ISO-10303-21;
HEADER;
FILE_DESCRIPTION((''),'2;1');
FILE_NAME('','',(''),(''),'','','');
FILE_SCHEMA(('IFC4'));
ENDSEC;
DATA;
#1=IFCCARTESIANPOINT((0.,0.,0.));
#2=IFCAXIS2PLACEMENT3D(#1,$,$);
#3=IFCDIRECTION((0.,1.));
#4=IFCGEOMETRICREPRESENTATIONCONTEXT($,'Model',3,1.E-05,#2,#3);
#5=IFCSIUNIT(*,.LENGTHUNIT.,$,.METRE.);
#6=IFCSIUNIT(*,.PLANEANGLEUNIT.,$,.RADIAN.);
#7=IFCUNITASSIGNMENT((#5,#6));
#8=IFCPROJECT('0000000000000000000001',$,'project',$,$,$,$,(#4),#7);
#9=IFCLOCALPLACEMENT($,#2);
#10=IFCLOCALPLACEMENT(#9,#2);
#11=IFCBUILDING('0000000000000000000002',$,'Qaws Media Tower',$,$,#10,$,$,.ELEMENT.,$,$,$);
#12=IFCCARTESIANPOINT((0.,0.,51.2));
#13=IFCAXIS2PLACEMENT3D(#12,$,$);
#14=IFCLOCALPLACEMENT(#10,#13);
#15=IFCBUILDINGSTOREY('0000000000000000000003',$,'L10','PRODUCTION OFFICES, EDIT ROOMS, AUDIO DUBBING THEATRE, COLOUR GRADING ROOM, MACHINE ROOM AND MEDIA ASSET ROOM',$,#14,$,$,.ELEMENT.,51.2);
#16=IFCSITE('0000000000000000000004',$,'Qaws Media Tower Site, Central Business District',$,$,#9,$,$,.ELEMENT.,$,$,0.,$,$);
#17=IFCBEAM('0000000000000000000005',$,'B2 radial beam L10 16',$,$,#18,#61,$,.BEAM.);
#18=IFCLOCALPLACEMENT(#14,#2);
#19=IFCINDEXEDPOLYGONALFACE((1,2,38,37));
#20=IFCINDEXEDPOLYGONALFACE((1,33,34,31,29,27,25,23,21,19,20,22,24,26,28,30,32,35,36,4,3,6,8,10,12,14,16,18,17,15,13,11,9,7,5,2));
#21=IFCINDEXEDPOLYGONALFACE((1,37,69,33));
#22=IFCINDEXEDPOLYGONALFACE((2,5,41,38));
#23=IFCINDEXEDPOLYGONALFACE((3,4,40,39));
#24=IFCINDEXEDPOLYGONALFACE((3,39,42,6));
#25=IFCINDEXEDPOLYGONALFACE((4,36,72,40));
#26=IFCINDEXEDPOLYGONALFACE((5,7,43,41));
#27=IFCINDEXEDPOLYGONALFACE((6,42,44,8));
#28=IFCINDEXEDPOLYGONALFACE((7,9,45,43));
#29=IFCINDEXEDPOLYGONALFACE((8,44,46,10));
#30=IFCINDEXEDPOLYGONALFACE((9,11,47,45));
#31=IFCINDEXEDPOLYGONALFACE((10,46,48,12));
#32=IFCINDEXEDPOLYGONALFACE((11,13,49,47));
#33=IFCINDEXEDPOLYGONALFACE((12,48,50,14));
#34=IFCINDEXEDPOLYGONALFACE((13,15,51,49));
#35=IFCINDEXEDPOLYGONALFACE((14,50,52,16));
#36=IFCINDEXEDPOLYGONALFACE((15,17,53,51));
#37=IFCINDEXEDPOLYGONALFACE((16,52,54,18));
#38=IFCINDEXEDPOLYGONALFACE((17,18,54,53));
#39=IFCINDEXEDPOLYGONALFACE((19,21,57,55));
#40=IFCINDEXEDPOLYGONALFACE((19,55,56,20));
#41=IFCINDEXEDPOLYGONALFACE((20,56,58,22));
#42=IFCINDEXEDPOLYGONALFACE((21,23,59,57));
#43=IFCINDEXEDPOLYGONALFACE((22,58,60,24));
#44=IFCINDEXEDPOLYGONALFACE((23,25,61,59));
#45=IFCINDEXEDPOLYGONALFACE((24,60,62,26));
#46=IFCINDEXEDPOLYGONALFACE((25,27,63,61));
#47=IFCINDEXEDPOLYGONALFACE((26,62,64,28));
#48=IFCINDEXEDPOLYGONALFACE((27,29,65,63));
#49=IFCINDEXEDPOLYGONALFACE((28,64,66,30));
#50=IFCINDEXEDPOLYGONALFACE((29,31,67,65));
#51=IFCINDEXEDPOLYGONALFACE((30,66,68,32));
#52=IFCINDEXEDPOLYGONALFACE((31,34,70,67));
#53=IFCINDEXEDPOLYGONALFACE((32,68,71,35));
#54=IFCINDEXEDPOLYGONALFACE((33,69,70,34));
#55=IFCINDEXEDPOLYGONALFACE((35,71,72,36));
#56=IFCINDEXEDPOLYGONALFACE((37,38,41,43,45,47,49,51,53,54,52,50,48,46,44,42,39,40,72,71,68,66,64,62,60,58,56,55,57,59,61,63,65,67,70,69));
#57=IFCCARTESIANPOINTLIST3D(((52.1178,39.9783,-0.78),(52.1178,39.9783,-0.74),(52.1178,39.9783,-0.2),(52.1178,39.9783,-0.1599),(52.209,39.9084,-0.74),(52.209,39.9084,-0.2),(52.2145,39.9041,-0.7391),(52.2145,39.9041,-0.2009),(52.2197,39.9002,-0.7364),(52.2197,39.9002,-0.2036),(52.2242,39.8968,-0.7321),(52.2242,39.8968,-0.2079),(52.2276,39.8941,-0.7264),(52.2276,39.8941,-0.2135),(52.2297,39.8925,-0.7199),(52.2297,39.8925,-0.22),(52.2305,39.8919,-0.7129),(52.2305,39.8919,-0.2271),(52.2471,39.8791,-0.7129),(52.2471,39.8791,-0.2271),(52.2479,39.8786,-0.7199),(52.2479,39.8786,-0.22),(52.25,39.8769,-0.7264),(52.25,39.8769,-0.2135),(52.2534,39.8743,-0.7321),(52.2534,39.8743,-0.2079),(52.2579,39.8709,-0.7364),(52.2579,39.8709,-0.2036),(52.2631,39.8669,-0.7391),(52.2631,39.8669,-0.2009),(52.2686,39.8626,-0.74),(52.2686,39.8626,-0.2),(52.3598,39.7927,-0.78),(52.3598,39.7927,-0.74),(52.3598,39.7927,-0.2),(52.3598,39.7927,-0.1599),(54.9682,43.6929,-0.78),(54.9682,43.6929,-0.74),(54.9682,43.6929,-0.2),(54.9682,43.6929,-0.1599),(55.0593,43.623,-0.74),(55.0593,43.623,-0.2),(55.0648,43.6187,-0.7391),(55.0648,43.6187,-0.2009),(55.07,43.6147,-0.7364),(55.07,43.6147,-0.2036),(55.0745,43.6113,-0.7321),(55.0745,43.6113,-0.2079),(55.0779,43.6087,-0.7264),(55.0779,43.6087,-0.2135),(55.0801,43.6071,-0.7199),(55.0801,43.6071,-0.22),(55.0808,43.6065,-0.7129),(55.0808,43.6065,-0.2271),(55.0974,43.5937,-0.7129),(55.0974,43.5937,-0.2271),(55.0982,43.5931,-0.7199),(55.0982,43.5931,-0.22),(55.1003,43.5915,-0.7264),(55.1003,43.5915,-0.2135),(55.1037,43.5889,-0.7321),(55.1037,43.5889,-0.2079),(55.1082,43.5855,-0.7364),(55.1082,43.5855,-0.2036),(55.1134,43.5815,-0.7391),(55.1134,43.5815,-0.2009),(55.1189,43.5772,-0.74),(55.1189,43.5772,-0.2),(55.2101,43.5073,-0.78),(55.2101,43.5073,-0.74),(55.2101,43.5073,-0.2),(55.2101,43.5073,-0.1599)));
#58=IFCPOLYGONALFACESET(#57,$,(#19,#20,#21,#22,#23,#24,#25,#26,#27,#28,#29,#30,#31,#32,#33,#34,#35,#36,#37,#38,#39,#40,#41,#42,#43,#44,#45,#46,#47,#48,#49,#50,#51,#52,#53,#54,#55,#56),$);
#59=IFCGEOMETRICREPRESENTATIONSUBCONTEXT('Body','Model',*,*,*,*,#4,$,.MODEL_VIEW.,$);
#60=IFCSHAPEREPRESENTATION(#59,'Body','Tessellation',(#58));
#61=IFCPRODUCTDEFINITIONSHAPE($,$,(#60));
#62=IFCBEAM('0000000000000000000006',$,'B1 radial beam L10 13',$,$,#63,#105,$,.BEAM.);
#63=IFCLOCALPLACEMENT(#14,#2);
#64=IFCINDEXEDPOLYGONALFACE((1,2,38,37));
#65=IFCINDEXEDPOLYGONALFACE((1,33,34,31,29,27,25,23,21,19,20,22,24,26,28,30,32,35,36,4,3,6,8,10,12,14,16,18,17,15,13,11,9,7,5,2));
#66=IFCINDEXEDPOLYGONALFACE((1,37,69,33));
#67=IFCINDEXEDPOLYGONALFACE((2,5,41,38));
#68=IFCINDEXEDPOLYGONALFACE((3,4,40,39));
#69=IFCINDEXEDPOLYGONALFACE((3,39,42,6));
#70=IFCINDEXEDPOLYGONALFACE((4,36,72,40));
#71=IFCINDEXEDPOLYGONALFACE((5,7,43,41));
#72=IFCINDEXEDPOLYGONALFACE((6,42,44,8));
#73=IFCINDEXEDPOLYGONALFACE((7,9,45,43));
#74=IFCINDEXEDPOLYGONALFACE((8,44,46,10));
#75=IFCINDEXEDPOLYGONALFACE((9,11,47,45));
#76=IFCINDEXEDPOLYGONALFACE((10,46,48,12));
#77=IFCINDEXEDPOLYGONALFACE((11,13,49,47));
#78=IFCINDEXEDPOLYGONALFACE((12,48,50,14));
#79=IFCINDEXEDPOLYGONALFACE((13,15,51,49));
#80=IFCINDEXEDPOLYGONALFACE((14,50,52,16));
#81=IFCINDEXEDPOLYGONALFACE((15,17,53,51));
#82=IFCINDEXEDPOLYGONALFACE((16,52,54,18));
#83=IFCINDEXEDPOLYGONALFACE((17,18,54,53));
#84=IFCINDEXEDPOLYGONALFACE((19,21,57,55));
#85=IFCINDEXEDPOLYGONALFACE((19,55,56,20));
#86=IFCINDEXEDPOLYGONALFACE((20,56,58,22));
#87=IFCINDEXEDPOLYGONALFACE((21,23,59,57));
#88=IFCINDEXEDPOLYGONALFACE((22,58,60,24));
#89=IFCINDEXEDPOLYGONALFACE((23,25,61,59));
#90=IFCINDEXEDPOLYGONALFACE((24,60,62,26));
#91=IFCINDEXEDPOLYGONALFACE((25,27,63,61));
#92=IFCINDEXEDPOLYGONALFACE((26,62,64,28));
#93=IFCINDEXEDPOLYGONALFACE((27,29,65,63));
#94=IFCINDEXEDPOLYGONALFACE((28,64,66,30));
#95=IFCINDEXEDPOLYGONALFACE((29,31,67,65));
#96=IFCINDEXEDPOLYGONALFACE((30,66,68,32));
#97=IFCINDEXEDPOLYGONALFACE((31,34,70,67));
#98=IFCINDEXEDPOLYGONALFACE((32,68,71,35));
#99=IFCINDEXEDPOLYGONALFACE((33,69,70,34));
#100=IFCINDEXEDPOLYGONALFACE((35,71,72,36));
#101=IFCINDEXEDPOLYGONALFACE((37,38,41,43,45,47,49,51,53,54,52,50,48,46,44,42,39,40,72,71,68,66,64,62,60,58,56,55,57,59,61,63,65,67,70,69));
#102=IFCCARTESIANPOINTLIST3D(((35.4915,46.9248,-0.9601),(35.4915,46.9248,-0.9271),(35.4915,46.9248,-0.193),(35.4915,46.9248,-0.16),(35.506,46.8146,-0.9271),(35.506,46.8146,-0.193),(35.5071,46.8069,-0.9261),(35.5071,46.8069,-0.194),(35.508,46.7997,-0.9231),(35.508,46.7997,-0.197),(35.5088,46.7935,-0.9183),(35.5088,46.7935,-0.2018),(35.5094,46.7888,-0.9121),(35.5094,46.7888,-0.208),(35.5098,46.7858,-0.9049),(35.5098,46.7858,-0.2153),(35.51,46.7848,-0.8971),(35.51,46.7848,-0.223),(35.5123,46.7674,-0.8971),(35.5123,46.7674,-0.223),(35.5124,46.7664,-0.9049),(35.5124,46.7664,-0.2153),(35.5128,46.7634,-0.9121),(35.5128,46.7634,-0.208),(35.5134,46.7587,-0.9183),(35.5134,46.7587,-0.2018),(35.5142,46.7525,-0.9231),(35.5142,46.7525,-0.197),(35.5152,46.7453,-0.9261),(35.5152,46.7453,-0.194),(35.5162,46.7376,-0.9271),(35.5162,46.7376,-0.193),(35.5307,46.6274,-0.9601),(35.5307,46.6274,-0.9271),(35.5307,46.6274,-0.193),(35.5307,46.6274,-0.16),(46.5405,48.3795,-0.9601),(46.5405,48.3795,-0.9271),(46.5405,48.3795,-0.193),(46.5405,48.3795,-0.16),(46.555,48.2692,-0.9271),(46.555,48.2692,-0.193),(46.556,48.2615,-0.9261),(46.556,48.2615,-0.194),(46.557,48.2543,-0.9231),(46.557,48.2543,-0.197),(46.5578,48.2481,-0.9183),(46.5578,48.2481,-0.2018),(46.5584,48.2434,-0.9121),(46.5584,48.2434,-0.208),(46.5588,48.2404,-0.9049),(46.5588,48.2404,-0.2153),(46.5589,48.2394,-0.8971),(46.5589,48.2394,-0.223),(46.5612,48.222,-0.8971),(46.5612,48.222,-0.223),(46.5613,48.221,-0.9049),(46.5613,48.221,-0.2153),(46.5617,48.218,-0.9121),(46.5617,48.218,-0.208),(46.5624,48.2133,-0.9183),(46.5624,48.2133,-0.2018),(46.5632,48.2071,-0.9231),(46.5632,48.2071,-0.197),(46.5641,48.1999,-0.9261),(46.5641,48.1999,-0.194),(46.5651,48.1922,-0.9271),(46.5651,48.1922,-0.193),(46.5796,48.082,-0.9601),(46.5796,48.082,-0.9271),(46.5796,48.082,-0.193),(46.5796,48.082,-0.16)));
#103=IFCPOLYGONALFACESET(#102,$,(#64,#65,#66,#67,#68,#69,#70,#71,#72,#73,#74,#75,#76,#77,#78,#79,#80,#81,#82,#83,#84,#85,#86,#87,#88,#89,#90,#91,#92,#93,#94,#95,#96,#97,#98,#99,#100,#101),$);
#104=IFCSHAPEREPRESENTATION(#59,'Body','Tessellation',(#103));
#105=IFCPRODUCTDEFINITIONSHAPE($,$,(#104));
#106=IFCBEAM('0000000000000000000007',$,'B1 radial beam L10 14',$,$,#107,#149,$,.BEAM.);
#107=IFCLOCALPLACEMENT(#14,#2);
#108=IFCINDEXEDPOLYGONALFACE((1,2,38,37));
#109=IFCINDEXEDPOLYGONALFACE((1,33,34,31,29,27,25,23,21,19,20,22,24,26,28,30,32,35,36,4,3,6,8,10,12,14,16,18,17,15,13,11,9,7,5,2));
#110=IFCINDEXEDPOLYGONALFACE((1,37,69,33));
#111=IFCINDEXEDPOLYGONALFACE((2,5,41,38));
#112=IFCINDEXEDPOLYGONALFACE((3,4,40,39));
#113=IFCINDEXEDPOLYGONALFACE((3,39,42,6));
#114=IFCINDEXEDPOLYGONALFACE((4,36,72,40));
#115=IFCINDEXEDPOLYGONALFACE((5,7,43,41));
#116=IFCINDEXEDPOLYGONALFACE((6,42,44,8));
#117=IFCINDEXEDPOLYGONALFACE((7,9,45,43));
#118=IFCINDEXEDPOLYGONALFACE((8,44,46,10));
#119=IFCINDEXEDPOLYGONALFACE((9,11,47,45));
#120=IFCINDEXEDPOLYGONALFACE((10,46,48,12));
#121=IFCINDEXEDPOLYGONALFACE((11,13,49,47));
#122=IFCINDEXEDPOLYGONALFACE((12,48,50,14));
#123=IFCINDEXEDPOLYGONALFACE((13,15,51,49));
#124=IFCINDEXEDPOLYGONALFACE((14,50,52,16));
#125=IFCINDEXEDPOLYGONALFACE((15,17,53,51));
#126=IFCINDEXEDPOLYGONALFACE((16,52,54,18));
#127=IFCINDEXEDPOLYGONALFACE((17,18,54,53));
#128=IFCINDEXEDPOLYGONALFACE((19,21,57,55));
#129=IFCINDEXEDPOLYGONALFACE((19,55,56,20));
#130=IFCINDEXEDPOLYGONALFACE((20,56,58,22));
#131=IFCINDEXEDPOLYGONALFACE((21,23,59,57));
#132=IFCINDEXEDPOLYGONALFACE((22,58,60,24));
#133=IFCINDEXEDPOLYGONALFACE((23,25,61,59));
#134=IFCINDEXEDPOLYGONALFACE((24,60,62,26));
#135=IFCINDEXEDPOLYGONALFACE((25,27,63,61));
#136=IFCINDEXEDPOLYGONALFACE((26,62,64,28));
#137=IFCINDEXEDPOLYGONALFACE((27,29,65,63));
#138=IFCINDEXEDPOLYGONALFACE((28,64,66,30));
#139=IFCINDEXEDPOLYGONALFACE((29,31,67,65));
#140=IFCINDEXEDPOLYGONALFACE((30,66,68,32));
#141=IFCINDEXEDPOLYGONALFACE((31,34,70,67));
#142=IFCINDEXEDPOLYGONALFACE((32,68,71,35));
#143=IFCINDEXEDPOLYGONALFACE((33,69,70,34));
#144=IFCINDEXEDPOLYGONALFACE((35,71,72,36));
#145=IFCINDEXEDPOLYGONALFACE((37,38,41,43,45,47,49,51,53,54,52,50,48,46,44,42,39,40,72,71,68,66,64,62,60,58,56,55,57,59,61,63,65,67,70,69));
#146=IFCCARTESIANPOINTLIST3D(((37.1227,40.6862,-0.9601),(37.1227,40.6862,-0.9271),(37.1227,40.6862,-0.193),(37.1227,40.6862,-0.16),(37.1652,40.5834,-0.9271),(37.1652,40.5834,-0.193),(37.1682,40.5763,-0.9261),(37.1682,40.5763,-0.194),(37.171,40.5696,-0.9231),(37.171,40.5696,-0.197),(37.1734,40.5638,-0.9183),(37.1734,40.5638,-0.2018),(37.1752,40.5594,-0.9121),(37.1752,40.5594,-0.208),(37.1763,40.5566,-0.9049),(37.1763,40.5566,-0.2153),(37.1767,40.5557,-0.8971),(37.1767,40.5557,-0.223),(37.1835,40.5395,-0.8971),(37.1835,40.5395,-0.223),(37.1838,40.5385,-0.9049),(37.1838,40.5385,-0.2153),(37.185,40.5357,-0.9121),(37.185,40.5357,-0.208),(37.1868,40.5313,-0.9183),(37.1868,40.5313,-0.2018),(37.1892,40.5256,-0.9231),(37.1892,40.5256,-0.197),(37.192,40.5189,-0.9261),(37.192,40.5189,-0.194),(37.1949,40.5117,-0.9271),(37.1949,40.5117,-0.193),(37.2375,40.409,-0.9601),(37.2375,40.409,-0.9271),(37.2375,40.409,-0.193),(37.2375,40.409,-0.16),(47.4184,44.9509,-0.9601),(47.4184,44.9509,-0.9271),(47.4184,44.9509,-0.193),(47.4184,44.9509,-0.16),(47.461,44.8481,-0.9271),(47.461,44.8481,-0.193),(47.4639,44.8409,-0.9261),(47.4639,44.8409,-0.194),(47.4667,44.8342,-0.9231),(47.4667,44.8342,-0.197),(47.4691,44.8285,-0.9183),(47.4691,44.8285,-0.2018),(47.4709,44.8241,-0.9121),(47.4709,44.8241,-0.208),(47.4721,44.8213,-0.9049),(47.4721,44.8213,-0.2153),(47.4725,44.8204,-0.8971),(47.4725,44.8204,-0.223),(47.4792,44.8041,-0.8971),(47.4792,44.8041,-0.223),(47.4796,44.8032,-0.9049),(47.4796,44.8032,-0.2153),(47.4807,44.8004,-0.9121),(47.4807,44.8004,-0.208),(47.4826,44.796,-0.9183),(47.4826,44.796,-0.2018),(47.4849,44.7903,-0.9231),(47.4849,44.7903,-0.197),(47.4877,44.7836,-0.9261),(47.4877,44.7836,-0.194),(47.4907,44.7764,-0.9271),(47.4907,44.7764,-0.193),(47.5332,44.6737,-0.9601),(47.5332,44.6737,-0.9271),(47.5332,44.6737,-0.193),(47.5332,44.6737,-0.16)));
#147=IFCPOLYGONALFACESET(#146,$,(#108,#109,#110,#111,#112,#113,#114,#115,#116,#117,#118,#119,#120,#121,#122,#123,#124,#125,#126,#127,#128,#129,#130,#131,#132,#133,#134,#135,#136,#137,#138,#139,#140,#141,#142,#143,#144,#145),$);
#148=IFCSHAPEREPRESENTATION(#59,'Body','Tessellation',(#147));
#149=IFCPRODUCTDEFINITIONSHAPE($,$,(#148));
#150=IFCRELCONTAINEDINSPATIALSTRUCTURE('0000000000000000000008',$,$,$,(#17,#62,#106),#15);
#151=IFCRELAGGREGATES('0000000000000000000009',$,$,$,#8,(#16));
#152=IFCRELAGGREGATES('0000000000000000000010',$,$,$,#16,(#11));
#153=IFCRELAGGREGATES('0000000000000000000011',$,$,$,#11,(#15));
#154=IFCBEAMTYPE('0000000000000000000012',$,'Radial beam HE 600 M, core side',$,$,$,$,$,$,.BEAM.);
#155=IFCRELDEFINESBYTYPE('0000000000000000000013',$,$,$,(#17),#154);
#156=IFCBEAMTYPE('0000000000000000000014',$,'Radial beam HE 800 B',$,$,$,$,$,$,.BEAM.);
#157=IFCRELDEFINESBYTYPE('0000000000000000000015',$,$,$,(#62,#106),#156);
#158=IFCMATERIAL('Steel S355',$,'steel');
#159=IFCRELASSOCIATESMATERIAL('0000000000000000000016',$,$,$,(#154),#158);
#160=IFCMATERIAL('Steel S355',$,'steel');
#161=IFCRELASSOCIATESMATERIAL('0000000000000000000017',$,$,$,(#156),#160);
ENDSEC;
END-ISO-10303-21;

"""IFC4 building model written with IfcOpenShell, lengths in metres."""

from ifc_helpers import new_model, si_unit, direction, frame, origin, origin_2d, place, context, subcontext, project, spatial, i_section, extrude, material, material_profile, profile_set, type_object, element, save


model = new_model("IFC4")

# Units and contexts
model_context = context("Model", 3, precision=1e-05, world=origin(), true_north=direction((0.0, 1.0)))
body_context = subcontext(model_context, "Body", "Model", "MODEL_VIEW")
ifc_project = project(units=[si_unit("LENGTHUNIT", "METRE"), si_unit("PLANEANGLEUNIT", "RADIAN")], contexts=[model_context])

# Site, building, storey
site_placement = place(None, origin())
site = spatial("IfcSite", under=ifc_project, at=site_placement, Name="Qaws Media Tower Site, Central Business District", CompositionType="ELEMENT", RefElevation=0.0)
building_placement = place(site_placement, origin())
building = spatial("IfcBuilding", under=site, at=building_placement, Name="Qaws Media Tower", CompositionType="ELEMENT")
storey_placement = place(building_placement, frame((0.0, 0.0, 51.2)))
storey = spatial("IfcBuildingStorey", under=building, at=storey_placement, Name="L10", Description="PRODUCTION OFFICES, EDIT ROOMS, AUDIO DUBBING THEATRE, COLOUR GRADING ROOM, MACHINE ROOM AND MEDIA ASSET ROOM", CompositionType="ELEMENT", Elevation=51.2)

# Beams
ifc_material_1 = material(Name="Steel S355", Category="steel")
ifc_material_profile_1 = material_profile(ifc_material_1, i_section(OverallWidth=0.3049, OverallDepth=0.6201, WebThickness=0.021, FlangeThickness=0.04, FilletRadius=0.0271, at=origin_2d()), Name="HE 600 M")
ifc_profile_set_1 = profile_set([ifc_material_profile_1], Name="Steel S355")
beam_type_1 = type_object("IfcBeamType", Name="Radial beam HE 600 M, core side", PredefinedType="BEAM", material=ifc_profile_set_1)
beam_1_placement = place(storey_placement, frame((55.0891, 43.6001, -0.47), z_axis=(-0.608765, -0.79335, 0.0), x_axis=(0.79335, -0.608765, 0.0)))
element("IfcBeam", 1, at=beam_1_placement, inside=storey, type_object=beam_type_1, Name="B2 radial beam L10 16", PredefinedType="BEAM", context=body_context, shape_type="SweptSolid", body=[
    extrude(i_section(OverallWidth=0.3049, OverallDepth=0.6201, WebThickness=0.021, FlangeThickness=0.04, FilletRadius=0.0271, at=origin_2d()), origin(), (0.0, 0.0, 1.0), 4.6821),
])
ifc_material_2 = material(Name="Steel S355", Category="steel")
ifc_material_profile_2 = material_profile(ifc_material_2, i_section(OverallWidth=0.3, OverallDepth=0.8, WebThickness=0.0176, FlangeThickness=0.033, FilletRadius=0.03, at=origin_2d()), Name="HE 800 B")
ifc_profile_set_2 = profile_set([ifc_material_profile_2], Name="Steel S355")
beam_type_2 = type_object("IfcBeamType", Name="Radial beam HE 800 B", PredefinedType="BEAM", material=ifc_profile_set_2)
beam_2_placement = place(storey_placement, frame((46.5601, 48.2307, -0.5601), z_axis=(-0.991445, -0.130525, 0.0), x_axis=(0.130525, -0.991445, 0.0)))
element("IfcBeam", 2, at=beam_2_placement, inside=storey, type_object=beam_type_2, Name="B1 radial beam L10 13", PredefinedType="BEAM", context=body_context, shape_type="SweptSolid", body=[
    extrude(i_section(OverallWidth=0.3, OverallDepth=0.8, WebThickness=0.0176, FlangeThickness=0.033, FilletRadius=0.03, at=origin_2d()), origin(), (0.0, 0.0, 1.0), 11.1443),
])
beam_3_placement = place(storey_placement, frame((47.4758, 44.8123, -0.5601), z_axis=(-0.923878, -0.382687, 0.0), x_axis=(0.382687, -0.923878, 0.0)))
element("IfcBeam", 3, at=beam_3_placement, inside=storey, type_object=beam_type_2, Name="B1 radial beam L10 14", PredefinedType="BEAM", context=body_context, shape_type="SweptSolid", body=[
    extrude(i_section(OverallWidth=0.3, OverallDepth=0.8, WebThickness=0.0176, FlangeThickness=0.033, FilletRadius=0.03, at=origin_2d()), origin(), (0.0, 0.0, 1.0), 11.144),
])

save(model, "model.ifc")
